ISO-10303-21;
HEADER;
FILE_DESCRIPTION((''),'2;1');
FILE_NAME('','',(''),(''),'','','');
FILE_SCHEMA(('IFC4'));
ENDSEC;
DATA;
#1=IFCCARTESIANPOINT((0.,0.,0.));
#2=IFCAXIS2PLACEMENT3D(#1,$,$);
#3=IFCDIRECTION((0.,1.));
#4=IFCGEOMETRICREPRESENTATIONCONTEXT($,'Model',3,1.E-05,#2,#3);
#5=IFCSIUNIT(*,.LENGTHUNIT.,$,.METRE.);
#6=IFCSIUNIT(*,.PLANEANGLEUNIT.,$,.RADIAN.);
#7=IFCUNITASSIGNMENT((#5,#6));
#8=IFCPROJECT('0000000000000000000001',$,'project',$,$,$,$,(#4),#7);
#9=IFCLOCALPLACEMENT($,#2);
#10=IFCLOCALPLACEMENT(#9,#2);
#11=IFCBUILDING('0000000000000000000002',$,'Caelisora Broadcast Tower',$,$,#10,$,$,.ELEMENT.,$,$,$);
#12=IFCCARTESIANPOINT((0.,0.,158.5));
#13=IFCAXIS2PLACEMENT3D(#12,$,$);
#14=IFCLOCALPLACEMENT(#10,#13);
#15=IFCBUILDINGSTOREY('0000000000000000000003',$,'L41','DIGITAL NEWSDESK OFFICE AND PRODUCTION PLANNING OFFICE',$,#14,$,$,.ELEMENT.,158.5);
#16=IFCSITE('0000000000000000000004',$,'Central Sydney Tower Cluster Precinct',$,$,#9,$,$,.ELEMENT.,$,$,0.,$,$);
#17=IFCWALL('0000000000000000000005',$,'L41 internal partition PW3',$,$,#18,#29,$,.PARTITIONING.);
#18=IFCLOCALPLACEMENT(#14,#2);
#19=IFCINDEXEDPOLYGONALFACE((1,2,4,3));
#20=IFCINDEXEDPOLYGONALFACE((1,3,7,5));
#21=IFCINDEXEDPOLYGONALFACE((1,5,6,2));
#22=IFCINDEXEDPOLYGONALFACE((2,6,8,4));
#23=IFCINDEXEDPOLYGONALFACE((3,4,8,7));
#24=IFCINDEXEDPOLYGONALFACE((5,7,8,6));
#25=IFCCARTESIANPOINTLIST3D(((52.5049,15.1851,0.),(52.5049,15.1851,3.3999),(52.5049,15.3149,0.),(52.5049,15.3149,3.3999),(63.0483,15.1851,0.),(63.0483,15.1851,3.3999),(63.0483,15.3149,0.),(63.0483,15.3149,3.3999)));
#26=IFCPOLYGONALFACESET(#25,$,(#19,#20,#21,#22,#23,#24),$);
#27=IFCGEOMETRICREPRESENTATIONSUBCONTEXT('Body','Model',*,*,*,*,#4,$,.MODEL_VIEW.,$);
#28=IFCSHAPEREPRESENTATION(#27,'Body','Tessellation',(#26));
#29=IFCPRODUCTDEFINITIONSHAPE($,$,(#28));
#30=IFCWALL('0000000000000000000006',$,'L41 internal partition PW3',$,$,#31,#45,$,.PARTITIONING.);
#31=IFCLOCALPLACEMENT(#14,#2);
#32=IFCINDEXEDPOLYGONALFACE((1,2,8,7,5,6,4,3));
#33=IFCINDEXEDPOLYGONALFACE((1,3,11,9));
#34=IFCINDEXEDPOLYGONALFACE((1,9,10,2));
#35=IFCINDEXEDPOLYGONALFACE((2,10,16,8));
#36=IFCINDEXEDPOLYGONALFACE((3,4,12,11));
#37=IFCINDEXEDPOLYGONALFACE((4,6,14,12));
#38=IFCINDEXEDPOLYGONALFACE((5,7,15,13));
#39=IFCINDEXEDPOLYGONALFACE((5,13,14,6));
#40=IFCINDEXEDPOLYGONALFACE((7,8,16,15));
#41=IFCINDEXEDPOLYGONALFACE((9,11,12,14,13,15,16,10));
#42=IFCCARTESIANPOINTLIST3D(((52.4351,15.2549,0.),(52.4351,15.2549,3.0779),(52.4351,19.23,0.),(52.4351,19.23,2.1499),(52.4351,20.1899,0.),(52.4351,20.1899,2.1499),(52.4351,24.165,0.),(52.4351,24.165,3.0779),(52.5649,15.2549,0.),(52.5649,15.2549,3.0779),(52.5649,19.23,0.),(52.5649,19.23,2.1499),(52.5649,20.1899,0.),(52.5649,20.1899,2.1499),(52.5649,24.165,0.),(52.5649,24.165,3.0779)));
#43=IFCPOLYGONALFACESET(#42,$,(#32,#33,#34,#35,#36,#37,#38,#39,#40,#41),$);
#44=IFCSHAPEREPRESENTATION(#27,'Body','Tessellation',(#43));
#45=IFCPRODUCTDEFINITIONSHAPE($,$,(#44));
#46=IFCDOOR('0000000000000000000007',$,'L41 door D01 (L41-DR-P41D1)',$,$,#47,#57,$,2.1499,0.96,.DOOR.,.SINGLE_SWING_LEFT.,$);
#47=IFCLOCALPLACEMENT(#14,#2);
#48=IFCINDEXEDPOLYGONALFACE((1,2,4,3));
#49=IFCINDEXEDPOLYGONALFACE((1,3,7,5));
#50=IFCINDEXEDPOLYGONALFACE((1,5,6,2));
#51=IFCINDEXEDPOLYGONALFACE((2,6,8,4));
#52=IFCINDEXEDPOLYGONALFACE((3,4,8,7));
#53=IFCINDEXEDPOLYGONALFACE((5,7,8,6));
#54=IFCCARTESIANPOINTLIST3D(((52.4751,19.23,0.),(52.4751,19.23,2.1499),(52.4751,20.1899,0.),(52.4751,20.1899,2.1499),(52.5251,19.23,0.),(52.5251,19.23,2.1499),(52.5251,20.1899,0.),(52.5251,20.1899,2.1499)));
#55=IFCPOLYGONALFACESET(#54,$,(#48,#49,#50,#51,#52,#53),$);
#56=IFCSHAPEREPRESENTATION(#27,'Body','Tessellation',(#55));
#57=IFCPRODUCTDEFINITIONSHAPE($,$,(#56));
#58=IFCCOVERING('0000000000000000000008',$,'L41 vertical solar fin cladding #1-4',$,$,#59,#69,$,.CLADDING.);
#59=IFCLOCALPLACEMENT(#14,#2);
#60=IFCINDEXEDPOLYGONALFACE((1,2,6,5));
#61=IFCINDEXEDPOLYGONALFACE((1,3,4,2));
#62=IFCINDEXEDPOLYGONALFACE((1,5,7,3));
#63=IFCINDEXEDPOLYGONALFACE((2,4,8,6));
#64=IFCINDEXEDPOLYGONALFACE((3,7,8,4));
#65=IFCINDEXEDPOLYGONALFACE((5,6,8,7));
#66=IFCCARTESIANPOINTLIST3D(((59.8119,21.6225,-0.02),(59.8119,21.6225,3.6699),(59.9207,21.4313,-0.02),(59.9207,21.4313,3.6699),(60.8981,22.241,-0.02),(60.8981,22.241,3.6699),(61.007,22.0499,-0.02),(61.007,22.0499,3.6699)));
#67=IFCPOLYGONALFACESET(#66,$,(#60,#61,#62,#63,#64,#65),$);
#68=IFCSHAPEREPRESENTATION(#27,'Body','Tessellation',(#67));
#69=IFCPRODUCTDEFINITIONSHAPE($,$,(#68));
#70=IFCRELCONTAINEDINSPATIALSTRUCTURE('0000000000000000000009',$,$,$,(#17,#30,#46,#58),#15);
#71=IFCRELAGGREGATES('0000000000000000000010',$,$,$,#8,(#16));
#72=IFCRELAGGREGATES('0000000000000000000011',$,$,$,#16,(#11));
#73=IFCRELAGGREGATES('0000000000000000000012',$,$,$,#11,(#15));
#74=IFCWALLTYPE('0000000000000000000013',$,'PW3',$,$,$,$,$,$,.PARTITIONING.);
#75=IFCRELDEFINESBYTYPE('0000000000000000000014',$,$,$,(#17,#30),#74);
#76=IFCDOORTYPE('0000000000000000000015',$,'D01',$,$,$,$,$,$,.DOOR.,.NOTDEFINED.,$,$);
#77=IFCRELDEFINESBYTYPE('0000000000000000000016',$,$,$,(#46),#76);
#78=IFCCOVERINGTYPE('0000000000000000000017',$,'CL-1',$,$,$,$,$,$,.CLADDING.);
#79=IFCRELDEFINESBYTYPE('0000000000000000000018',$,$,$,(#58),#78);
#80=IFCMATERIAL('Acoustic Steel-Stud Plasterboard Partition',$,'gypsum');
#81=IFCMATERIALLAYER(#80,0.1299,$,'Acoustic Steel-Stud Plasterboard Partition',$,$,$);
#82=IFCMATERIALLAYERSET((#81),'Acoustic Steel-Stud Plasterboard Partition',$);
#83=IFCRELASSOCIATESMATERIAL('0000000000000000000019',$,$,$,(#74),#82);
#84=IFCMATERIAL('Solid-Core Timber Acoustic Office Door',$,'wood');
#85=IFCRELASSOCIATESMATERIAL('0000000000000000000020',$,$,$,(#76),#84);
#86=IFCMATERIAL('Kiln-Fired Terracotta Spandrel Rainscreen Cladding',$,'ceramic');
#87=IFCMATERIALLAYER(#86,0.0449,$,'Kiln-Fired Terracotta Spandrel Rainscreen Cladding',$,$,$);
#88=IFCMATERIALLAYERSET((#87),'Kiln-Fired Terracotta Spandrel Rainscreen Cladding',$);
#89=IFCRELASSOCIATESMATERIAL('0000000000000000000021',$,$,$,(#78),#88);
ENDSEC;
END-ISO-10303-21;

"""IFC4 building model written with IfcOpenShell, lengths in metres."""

from ifc_helpers import new_model, si_unit, direction, frame, frame_2d, origin, origin_2d, place, context, subcontext, project, spatial, rectangle, extrude, source, transform, mapped, material, layer, layer_set, type_object, type_shapes, element, fill, save


model = new_model("IFC4")

# Units and contexts
model_context = context("Model", 3, precision=1e-05, world=origin(), true_north=direction((0.0, 1.0)))
body_context = subcontext(model_context, "Body", "Model", "MODEL_VIEW")
ifc_project = project(units=[si_unit("LENGTHUNIT", "METRE"), si_unit("PLANEANGLEUNIT", "RADIAN")], contexts=[model_context])

# Site, building, storey
site_placement = place(None, origin())
site = spatial("IfcSite", under=ifc_project, at=site_placement, Name="Central Sydney Tower Cluster Precinct", CompositionType="ELEMENT", RefElevation=0.0)
building_placement = place(site_placement, origin())
building = spatial("IfcBuilding", under=site, at=building_placement, Name="Caelisora Broadcast Tower", CompositionType="ELEMENT")
storey_placement = place(building_placement, frame((0.0, 0.0, 158.5)))
storey = spatial("IfcBuildingStorey", under=building, at=storey_placement, Name="L41", Description="DIGITAL NEWSDESK OFFICE AND PRODUCTION PLANNING OFFICE", CompositionType="ELEMENT", Elevation=158.5)

# Wall
ifc_material_1 = material(Name="Acoustic Steel-Stud Plasterboard Partition", Category="gypsum")
ifc_layer_1 = layer(ifc_material_1, 0.1299, Name="Acoustic Steel-Stud Plasterboard Partition")
ifc_layer_set_1 = layer_set([ifc_layer_1], Name="Acoustic Steel-Stud Plasterboard Partition")
wall_type_1 = type_object("IfcWallType", Name="PW3", PredefinedType="PARTITIONING", material=ifc_layer_set_1)
wall_1_placement = place(storey_placement, frame((52.5049, 15.25, 0.0), z_axis=(0.0, 0.0, 1.0), x_axis=(1.0, 0.0, 0.0)))
element("IfcWall", 1, at=wall_1_placement, inside=storey, type_object=wall_type_1, Name="L41 internal partition PW3", PredefinedType="PARTITIONING", context=body_context, shape_type="SweptSolid", body=[
    extrude(rectangle(XDim=10.5435, YDim=0.1299, at=frame_2d((5.2717, 0.0))), origin(), (0.0, 0.0, 1.0), 3.3999),
])

# Wall, opening, door
wall_2_placement = place(storey_placement, frame((52.5, 15.2549, 0.0), z_axis=(0.0, 0.0, 1.0), x_axis=(0.0, 1.0, 0.0)))
wall_2 = element("IfcWall", 2, at=wall_2_placement, inside=storey, type_object=wall_type_1, Name="L41 internal partition PW3", PredefinedType="PARTITIONING", context=body_context, shape_type="SweptSolid", body=[
    extrude(rectangle(XDim=8.9102, YDim=0.1299, at=frame_2d((4.4551, 0.0))), origin(), (0.0, 0.0, 1.0), 3.0779),
])
opening_1_placement = place(wall_2_placement, frame((3.9751, 0.0, 0.0)))
opening_1 = element("IfcOpeningElement", 3, at=opening_1_placement, cuts=wall_2, PredefinedType="OPENING", context=body_context, shape_type="SweptSolid", body=[
    extrude(rectangle(XDim=0.96, YDim=2.1499, at=frame_2d((0.48, 1.075))), frame((0.0, 0.0769, 0.0), z_axis=(0.0, -1.0, 0.0), x_axis=(1.0, 0.0, 0.0)), (0.0, 0.0, 1.0), 0.1538),
])
ifc_material_2 = material(Name="Solid-Core Timber Acoustic Office Door", Category="wood")
door_type = type_object("IfcDoorType", Name="D01", OperationType="NOTDEFINED", PredefinedType="DOOR", material=ifc_material_2)
door_placement = place(opening_1_placement, origin())
door = element("IfcDoor", 4, at=door_placement, inside=storey, type_object=door_type, Name="L41 door D01 (L41-DR-P41D1)", OperationType="SINGLE_SWING_LEFT", OverallHeight=2.1499, OverallWidth=0.96, PredefinedType="DOOR", context=body_context, shape_type="SweptSolid", body=[
    extrude(rectangle(XDim=0.96, YDim=2.1499, at=frame_2d((0.48, 1.075))), frame((0.0, 0.0249, 0.0), z_axis=(0.0, -1.0, 0.0), x_axis=(1.0, 0.0, 0.0)), (0.0, 0.0, 1.0), 0.05),
])
fill(opening_1, door)

# Covering
ifc_material_3 = material(Name="Kiln-Fired Terracotta Spandrel Rainscreen Cladding", Category="ceramic")
ifc_layer_2 = layer(ifc_material_3, 0.0449, Name="Kiln-Fired Terracotta Spandrel Rainscreen Cladding")
ifc_layer_set_2 = layer_set([ifc_layer_2], Name="Kiln-Fired Terracotta Spandrel Rainscreen Cladding")
covering_type = type_object("IfcCoveringType", Name="CL-1", PredefinedType="CLADDING", material=ifc_layer_set_2)
shared_shape_1 = source(origin(), body_context, "Body", "SweptSolid", [
    extrude(rectangle(XDim=0.22, YDim=1.25, at=origin_2d()), origin(), (0.0, 0.0, 1.0), 3.6899),
])
type_shapes(covering_type, [shared_shape_1])
covering_placement = place(storey_placement, frame((60.4094, 21.8362, -0.02), z_axis=(0.0, 0.0, 1.0), x_axis=(0.494852, -0.868977, 0.0)))
element("IfcCovering", 5, at=covering_placement, inside=storey, type_object=covering_type, Name="L41 vertical solar fin cladding #1-4", PredefinedType="CLADDING", context=body_context, shape_type="MappedRepresentation", body=[
    mapped(shared_shape_1, transform((0.0, 0.0, 0.0), scale=1.0)),
])

save(model, "model.ifc")
